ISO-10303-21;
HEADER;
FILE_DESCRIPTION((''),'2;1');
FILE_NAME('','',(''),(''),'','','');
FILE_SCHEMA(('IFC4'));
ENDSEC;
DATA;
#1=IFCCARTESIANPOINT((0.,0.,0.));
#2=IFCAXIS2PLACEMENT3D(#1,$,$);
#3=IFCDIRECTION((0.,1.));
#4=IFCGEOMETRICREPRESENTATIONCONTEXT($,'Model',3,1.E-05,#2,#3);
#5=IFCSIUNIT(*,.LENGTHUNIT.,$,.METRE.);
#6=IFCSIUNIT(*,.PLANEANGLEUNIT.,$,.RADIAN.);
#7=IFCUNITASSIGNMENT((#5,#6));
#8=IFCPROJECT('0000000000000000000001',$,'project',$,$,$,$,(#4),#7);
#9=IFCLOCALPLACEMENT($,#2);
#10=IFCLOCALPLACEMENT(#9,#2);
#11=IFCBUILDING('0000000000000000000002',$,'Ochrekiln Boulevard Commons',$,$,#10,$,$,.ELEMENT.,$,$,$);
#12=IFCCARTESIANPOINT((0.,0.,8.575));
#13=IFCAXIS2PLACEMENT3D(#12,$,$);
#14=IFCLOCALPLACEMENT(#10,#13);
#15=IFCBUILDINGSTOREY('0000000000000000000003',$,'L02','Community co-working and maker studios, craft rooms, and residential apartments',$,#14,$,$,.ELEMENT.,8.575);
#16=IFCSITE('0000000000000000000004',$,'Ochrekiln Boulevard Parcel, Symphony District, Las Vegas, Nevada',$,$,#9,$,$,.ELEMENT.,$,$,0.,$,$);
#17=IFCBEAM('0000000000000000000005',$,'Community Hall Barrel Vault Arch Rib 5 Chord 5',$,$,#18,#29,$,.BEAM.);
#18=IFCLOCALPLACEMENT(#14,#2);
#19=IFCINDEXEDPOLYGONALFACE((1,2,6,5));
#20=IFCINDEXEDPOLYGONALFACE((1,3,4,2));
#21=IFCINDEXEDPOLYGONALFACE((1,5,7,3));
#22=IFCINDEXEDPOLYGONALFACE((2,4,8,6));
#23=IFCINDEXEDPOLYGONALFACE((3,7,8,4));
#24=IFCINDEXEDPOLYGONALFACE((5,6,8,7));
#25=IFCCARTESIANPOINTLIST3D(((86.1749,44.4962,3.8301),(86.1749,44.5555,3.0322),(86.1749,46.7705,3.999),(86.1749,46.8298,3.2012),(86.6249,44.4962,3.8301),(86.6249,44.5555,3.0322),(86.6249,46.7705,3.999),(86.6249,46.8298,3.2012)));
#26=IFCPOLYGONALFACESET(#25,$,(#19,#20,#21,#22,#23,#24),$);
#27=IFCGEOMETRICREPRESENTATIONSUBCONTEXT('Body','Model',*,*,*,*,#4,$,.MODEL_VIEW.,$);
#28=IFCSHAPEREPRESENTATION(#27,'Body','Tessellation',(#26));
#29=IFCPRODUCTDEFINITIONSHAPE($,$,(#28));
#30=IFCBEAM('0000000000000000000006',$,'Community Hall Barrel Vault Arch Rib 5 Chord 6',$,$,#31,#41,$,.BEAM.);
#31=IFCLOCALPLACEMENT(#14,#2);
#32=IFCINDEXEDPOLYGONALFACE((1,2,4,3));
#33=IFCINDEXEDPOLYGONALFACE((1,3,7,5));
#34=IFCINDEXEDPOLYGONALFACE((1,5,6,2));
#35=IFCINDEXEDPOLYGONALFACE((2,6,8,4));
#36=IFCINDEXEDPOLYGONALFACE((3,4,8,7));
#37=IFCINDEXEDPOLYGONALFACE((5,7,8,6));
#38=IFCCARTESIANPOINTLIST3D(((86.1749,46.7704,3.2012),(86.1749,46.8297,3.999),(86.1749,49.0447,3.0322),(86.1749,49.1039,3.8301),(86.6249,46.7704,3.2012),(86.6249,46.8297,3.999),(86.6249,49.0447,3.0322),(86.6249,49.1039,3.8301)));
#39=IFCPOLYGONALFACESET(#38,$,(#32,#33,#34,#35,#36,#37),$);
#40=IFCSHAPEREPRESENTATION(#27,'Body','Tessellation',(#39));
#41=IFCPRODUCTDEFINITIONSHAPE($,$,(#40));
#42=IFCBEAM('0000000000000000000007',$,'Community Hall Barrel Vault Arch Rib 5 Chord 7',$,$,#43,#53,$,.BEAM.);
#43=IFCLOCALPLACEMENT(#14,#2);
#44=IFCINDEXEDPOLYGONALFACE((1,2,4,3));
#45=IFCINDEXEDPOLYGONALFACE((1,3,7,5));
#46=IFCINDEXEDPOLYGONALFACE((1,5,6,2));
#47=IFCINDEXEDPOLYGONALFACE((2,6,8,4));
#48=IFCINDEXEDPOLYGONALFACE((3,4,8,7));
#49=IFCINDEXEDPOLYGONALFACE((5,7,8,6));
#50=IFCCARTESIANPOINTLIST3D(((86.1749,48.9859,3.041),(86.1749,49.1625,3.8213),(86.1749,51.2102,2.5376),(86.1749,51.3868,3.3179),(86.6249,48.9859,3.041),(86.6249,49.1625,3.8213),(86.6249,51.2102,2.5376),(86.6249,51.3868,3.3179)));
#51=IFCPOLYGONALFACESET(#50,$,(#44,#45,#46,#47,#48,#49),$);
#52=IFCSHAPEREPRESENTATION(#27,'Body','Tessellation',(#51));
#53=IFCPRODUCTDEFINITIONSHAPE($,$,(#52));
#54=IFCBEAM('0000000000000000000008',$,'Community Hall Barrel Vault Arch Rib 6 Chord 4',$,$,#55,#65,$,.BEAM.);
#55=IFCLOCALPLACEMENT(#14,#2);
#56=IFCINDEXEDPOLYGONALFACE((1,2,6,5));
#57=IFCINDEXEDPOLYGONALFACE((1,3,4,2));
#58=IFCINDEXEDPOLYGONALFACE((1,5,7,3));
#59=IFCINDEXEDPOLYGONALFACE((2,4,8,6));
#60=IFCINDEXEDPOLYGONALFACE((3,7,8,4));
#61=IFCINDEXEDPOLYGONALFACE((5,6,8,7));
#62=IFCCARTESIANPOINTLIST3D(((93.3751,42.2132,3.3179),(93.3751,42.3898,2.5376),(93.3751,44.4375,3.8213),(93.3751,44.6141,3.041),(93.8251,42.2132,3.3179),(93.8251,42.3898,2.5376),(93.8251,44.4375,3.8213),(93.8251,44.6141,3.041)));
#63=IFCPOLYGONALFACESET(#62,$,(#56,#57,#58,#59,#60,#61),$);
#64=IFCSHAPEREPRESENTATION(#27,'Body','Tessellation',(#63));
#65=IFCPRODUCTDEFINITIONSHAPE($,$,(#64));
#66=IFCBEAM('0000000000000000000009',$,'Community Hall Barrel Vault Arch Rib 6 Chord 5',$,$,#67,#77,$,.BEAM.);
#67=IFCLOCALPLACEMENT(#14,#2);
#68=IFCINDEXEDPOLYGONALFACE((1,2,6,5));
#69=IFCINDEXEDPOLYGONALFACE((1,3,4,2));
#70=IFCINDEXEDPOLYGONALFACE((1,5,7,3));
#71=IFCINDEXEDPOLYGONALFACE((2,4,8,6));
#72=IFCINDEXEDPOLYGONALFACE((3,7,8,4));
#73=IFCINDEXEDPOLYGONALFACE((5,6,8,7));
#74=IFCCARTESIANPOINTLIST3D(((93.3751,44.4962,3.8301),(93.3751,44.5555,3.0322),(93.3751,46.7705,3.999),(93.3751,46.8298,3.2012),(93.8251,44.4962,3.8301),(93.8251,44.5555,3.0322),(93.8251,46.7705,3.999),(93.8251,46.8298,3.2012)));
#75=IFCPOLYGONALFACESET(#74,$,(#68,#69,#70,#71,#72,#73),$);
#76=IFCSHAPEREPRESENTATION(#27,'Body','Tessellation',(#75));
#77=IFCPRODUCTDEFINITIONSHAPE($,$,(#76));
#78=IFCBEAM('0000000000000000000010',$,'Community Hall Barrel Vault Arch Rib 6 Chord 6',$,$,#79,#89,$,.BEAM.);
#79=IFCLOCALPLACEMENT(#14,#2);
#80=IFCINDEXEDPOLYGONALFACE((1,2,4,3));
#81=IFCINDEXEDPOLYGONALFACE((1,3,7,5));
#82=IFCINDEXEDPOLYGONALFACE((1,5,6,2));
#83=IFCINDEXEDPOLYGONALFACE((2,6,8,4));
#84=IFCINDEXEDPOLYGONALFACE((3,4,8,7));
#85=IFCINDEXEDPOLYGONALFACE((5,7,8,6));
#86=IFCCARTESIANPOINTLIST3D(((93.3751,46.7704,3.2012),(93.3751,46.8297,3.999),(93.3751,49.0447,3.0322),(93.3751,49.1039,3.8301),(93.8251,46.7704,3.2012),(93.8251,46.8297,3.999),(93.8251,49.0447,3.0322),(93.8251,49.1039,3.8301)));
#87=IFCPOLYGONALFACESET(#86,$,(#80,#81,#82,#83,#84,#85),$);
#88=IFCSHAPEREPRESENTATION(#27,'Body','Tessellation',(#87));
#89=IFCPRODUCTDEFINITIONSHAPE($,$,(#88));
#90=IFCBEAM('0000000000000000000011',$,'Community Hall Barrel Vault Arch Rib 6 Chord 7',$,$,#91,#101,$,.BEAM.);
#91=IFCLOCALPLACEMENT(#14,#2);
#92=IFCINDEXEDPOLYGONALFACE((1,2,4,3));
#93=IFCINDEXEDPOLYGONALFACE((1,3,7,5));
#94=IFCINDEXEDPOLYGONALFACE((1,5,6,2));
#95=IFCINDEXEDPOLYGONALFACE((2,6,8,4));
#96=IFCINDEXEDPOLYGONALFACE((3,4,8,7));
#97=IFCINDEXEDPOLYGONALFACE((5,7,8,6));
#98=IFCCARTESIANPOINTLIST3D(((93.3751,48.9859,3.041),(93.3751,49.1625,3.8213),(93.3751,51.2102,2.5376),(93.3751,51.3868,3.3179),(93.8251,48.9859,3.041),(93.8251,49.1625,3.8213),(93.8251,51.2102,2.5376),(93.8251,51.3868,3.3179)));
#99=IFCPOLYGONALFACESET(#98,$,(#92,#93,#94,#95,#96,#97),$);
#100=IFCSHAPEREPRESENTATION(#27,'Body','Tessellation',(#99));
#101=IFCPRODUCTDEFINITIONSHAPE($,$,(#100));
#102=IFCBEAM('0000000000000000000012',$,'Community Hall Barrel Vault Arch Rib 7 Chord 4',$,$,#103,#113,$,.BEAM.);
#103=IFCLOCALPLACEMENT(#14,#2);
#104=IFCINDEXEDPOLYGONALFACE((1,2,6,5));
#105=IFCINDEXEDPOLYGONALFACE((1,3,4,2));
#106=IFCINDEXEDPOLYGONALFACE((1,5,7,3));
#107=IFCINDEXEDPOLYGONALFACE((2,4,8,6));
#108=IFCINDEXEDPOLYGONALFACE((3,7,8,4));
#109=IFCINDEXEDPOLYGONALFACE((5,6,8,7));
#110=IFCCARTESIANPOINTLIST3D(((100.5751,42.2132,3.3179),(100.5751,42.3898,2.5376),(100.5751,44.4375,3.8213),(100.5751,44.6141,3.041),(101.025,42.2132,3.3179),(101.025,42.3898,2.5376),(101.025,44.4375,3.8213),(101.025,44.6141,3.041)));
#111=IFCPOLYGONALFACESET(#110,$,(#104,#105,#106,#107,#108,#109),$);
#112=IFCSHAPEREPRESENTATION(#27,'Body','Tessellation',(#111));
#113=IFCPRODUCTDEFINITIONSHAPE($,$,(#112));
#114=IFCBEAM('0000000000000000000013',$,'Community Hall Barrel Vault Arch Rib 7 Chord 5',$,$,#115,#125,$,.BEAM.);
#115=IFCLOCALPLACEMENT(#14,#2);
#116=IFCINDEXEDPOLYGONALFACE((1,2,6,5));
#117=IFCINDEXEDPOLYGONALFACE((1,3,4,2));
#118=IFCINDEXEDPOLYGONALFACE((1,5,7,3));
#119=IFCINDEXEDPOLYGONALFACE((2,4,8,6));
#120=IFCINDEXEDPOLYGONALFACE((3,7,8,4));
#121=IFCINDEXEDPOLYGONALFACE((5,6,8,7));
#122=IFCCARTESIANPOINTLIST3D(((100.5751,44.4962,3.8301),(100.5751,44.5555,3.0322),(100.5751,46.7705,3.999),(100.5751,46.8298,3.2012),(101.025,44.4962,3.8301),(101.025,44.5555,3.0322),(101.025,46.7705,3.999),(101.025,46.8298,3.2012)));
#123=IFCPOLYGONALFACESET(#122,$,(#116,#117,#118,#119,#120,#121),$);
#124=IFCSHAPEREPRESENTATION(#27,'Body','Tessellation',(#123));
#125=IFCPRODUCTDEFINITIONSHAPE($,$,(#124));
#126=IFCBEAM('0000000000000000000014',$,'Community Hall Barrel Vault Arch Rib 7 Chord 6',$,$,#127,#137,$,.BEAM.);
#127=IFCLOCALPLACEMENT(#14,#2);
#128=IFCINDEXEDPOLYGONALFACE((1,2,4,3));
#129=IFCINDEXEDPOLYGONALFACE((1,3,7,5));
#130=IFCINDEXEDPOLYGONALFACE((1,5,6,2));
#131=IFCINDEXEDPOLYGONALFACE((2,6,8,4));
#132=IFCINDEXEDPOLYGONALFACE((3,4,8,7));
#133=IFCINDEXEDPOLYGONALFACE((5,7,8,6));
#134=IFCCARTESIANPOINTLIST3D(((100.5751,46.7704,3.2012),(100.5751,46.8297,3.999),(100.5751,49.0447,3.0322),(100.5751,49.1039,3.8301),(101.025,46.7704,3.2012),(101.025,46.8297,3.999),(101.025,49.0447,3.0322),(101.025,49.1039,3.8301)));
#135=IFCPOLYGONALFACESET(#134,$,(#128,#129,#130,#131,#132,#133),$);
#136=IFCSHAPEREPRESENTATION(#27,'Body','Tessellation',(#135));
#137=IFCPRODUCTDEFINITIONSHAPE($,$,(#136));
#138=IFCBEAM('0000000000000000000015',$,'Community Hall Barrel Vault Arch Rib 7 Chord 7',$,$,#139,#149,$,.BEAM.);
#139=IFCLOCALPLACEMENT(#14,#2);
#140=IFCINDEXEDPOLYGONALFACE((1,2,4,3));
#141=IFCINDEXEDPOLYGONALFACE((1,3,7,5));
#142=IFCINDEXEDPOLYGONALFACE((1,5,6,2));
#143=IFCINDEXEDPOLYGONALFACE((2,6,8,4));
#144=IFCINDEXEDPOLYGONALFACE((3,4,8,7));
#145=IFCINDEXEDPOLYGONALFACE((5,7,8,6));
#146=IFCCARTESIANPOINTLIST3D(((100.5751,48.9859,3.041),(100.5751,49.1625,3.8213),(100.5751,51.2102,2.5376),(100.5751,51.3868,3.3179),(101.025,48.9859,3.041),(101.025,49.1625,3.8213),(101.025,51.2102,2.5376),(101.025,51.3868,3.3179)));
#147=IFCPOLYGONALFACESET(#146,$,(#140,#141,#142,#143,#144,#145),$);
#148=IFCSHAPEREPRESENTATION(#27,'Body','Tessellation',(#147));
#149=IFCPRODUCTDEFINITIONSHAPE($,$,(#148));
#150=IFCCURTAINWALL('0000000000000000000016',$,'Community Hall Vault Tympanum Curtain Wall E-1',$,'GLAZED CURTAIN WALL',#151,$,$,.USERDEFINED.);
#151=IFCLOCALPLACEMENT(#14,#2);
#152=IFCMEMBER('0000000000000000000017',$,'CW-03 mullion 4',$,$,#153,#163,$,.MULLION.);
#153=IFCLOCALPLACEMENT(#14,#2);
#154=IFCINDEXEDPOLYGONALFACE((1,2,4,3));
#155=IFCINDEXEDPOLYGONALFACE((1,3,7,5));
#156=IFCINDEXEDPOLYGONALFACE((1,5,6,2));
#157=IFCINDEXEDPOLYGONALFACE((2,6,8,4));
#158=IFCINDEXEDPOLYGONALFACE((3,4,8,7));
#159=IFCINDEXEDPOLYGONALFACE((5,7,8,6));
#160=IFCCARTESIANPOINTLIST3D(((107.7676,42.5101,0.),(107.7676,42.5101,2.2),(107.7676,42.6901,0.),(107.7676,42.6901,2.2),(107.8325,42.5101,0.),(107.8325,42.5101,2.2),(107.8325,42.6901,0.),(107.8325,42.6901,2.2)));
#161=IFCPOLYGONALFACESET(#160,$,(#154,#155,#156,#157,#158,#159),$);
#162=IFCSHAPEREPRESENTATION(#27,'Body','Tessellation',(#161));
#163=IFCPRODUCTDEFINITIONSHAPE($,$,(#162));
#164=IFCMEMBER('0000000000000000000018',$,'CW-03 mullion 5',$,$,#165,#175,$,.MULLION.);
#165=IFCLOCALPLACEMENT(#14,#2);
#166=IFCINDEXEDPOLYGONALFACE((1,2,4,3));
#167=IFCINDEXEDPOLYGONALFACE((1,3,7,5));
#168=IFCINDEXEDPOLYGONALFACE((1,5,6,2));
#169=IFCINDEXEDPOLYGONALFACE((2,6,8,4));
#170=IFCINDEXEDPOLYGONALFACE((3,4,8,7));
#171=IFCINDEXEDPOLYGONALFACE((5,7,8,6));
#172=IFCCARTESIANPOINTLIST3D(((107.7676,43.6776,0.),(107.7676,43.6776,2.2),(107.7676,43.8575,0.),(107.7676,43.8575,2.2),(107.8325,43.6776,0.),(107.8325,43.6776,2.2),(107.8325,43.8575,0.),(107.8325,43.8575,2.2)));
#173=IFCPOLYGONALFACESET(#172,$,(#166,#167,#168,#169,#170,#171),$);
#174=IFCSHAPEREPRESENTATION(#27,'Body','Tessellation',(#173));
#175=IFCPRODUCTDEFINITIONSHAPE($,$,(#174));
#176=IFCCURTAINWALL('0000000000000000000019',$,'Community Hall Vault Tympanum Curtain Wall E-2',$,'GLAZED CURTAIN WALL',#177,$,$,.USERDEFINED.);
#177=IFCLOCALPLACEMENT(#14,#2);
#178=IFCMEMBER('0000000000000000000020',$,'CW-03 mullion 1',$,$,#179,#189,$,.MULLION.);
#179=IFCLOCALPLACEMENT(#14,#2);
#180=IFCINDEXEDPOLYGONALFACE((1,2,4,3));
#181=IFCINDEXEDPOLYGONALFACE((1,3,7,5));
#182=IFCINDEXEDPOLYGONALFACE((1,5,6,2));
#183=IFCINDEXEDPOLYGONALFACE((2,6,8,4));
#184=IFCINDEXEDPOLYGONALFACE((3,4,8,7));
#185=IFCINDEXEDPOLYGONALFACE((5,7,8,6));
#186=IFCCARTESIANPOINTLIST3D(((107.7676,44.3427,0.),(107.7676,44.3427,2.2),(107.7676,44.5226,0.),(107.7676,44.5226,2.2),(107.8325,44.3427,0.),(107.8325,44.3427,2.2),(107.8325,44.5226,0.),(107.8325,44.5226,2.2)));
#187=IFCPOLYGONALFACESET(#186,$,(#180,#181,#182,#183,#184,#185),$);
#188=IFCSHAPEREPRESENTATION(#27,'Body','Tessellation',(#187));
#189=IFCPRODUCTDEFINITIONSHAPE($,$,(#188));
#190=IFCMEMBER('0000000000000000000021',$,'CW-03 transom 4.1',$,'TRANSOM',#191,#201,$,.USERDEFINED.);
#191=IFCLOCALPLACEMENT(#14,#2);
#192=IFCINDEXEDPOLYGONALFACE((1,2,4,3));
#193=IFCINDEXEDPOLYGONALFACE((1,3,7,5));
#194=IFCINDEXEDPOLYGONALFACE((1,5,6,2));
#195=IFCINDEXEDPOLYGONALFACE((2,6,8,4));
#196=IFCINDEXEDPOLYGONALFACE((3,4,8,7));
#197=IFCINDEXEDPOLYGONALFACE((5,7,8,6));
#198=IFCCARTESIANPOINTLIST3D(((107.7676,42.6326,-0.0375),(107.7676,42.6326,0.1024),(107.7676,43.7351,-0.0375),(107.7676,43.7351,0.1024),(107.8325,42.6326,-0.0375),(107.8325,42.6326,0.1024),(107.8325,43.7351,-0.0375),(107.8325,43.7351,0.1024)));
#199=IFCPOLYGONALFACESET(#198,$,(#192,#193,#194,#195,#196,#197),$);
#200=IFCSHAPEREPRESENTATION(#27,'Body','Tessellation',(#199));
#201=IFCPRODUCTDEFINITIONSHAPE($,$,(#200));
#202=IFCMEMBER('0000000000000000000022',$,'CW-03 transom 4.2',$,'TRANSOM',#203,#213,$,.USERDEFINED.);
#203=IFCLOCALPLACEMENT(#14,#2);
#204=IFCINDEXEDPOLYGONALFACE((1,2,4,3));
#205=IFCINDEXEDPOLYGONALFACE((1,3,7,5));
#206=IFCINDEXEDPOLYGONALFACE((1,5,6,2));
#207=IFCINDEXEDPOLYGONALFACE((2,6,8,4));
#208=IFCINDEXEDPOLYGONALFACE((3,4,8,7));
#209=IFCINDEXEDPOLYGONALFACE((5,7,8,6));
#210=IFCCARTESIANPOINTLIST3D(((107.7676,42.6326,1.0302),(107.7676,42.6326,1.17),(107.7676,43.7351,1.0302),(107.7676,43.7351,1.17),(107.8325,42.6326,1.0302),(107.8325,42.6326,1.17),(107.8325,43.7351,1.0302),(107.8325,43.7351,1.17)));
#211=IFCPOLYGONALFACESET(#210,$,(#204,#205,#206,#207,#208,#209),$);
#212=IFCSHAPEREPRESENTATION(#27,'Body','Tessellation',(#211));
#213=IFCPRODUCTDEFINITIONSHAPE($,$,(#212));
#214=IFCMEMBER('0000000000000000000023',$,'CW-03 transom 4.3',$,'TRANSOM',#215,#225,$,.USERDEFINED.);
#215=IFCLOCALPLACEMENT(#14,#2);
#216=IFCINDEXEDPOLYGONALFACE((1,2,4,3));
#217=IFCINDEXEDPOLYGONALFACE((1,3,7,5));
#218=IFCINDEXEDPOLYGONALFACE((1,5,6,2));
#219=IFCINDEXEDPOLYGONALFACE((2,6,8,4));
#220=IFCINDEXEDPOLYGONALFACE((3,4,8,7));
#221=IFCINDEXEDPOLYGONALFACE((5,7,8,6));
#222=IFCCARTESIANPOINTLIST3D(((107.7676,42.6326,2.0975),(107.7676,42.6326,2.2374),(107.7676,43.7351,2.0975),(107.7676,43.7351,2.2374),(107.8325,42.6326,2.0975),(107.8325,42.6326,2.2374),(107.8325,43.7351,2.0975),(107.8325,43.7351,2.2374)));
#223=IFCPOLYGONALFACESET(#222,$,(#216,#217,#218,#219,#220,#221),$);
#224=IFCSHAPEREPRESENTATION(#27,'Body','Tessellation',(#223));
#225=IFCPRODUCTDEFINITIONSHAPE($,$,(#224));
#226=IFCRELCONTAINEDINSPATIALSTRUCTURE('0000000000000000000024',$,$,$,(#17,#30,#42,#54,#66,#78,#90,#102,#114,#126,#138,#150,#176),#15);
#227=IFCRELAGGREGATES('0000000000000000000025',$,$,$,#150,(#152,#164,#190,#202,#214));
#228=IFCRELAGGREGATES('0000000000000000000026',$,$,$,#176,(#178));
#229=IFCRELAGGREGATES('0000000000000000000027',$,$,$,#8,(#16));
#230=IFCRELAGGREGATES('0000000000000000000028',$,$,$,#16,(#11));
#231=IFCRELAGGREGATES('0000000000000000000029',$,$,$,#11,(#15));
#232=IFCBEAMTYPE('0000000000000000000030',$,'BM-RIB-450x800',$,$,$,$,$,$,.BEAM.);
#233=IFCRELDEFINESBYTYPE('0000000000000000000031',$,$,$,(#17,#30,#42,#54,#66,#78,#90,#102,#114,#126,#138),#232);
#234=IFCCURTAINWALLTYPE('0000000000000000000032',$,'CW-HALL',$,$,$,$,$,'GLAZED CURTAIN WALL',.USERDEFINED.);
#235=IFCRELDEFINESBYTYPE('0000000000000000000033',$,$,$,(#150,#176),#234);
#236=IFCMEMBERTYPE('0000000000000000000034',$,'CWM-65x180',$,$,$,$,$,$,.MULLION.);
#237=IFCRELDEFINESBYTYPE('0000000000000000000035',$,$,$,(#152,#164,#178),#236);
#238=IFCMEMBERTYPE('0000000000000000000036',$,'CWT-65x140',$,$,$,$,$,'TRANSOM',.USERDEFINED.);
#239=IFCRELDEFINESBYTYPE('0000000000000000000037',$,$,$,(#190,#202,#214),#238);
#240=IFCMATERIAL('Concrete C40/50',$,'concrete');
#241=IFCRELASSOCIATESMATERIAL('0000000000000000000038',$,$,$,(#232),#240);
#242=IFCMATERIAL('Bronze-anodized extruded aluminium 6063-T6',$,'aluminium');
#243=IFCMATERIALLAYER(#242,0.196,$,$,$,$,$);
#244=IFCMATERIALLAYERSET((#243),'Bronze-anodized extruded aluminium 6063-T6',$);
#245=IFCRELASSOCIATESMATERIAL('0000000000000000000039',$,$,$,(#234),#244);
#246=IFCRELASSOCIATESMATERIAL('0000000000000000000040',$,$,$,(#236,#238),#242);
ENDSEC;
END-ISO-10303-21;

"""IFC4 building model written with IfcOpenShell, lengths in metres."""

from ifc_helpers import new_model, si_unit, direction, frame, origin, origin_2d, place, context, subcontext, project, spatial, rectangle, extrude, material, layer, layer_set, material_profile, profile_set, type_object, element, aggregate, save


model = new_model("IFC4")

# Units and contexts
model_context = context("Model", 3, precision=1e-05, world=origin(), true_north=direction((0.0, 1.0)))
body_context = subcontext(model_context, "Body", "Model", "MODEL_VIEW")
ifc_project = project(units=[si_unit("LENGTHUNIT", "METRE"), si_unit("PLANEANGLEUNIT", "RADIAN")], contexts=[model_context])

# Site, building, storey
site_placement = place(None, origin())
site = spatial("IfcSite", under=ifc_project, at=site_placement, Name="Ochrekiln Boulevard Parcel, Symphony District, Las Vegas, Nevada", CompositionType="ELEMENT", RefElevation=0.0)
building_placement = place(site_placement, origin())
building = spatial("IfcBuilding", under=site, at=building_placement, Name="Ochrekiln Boulevard Commons", CompositionType="ELEMENT")
storey_placement = place(building_placement, frame((0.0, 0.0, 8.575)))
storey = spatial("IfcBuildingStorey", under=building, at=storey_placement, Name="L02", Description="Community co-working and maker studios, craft rooms, and residential apartments", CompositionType="ELEMENT", Elevation=8.575)

# Beams
ifc_material_1 = material(Name="Concrete C40/50", Category="concrete")
ifc_material_profile_1 = material_profile(ifc_material_1, rectangle(XDim=0.45, YDim=0.8, at=origin_2d()), Name="RC-RIB-450x800")
ifc_profile_set_1 = profile_set([ifc_material_profile_1], Name="Concrete C40/50")
beam_type = type_object("IfcBeamType", Name="BM-RIB-450x800", PredefinedType="BEAM", material=ifc_profile_set_1)
for number, where, z_axis, x_axis, name in (
    (1, (86.3999, 44.5259, 3.4312), (0.0, 0.997252, 0.074085), (-1.0, 0.0, 0.0), "Community Hall Barrel Vault Arch Rib 5 Chord 5"),
    (2, (86.3999, 46.8, 3.6001), (0.0, 0.997252, -0.074085), (-1.0, 0.0, 0.0), "Community Hall Barrel Vault Arch Rib 5 Chord 6"),
    (3, (86.3999, 49.0742, 3.4312), (0.0, 0.975333, -0.220737), (-1.0, 0.0, 0.0), "Community Hall Barrel Vault Arch Rib 5 Chord 7"),
    (4, (93.6001, 42.3015, 2.9277), (0.0, 0.975333, 0.220737), (-1.0, 0.0, 0.0), "Community Hall Barrel Vault Arch Rib 6 Chord 4"),
    (5, (93.6001, 44.5259, 3.4312), (0.0, 0.997252, 0.074085), (-1.0, 0.0, 0.0), "Community Hall Barrel Vault Arch Rib 6 Chord 5"),
    (6, (93.6001, 46.8, 3.6001), (0.0, 0.997252, -0.074085), (-1.0, 0.0, 0.0), "Community Hall Barrel Vault Arch Rib 6 Chord 6"),
    (7, (93.6001, 49.0742, 3.4312), (0.0, 0.975333, -0.220737), (-1.0, 0.0, 0.0), "Community Hall Barrel Vault Arch Rib 6 Chord 7"),
    (8, (100.8, 42.3015, 2.9277), (0.0, 0.975333, 0.220737), (-1.0, 0.0, 0.0), "Community Hall Barrel Vault Arch Rib 7 Chord 4"),
    (9, (100.8, 44.5259, 3.4312), (0.0, 0.997252, 0.074085), (-1.0, 0.0, 0.0), "Community Hall Barrel Vault Arch Rib 7 Chord 5"),
    (10, (100.8, 46.8, 3.6001), (0.0, 0.997252, -0.074085), (-1.0, 0.0, 0.0), "Community Hall Barrel Vault Arch Rib 7 Chord 6"),
    (11, (100.8, 49.0742, 3.4312), (0.0, 0.975333, -0.220737), (-1.0, 0.0, 0.0), "Community Hall Barrel Vault Arch Rib 7 Chord 7"),
):
    element("IfcBeam", number, at=place(storey_placement, frame(where, z_axis=z_axis, x_axis=x_axis)), inside=storey, type_object=beam_type, Name=name, PredefinedType="BEAM", context=body_context, shape_type="SweptSolid", body=[
        extrude(rectangle(XDim=0.45, YDim=0.8, at=origin_2d()), origin(), (0.0, 0.0, 1.0), 2.2805),
    ])

# Curtain wall, members
ifc_material_2 = material(Name="Bronze-anodized extruded aluminium 6063-T6", Category="aluminium")
ifc_layer_1 = layer(ifc_material_2, 0.196)
ifc_layer_set_1 = layer_set([ifc_layer_1], Name="Bronze-anodized extruded aluminium 6063-T6")
curtain_wall_type = type_object("IfcCurtainWallType", Name="CW-HALL", ElementType="GLAZED CURTAIN WALL", PredefinedType="USERDEFINED", material=ifc_layer_set_1)
curtain_wall_1_placement = place(storey_placement, origin())
curtain_wall_1 = element("IfcCurtainWall", 12, at=curtain_wall_1_placement, inside=storey, type_object=curtain_wall_type, Name="Community Hall Vault Tympanum Curtain Wall E-1", ObjectType="GLAZED CURTAIN WALL", PredefinedType="USERDEFINED")
ifc_material_profile_2 = material_profile(ifc_material_2, rectangle(XDim=0.0649, YDim=0.1799, at=origin_2d()), Name="ALU-MUL-65x180")
ifc_profile_set_2 = profile_set([ifc_material_profile_2], Name="Bronze-anodized extruded aluminium 6063-T6")
member_type_1 = type_object("IfcMemberType", Name="CWM-65x180", PredefinedType="MULLION", material=ifc_profile_set_2)
member_1_placement = place(storey_placement, frame((107.8, 42.6001, 0.0), z_axis=(0.0, 0.0, 1.0), x_axis=(-1.0, 0.0, 0.0)))
member_1 = element("IfcMember", 13, at=member_1_placement, type_object=member_type_1, Name="CW-03 mullion 4", PredefinedType="MULLION", context=body_context, shape_type="SweptSolid", body=[
    extrude(rectangle(XDim=0.0649, YDim=0.1799, at=origin_2d()), origin(), (0.0, 0.0, 1.0), 2.2),
])
member_2_placement = place(storey_placement, frame((107.8, 43.7676, 0.0), z_axis=(0.0, 0.0, 1.0), x_axis=(-1.0, 0.0, 0.0)))
member_2 = element("IfcMember", 14, at=member_2_placement, type_object=member_type_1, Name="CW-03 mullion 5", PredefinedType="MULLION", context=body_context, shape_type="SweptSolid", body=[
    extrude(rectangle(XDim=0.0649, YDim=0.1799, at=origin_2d()), origin(), (0.0, 0.0, 1.0), 2.2),
])

# Curtain wall, member
curtain_wall_2_placement = place(storey_placement, origin())
curtain_wall_2 = element("IfcCurtainWall", 15, at=curtain_wall_2_placement, inside=storey, type_object=curtain_wall_type, Name="Community Hall Vault Tympanum Curtain Wall E-2", ObjectType="GLAZED CURTAIN WALL", PredefinedType="USERDEFINED")
member_3_placement = place(storey_placement, frame((107.8, 44.4326, 0.0), z_axis=(0.0, 0.0, 1.0), x_axis=(-1.0, 0.0, 0.0)))
member_3 = element("IfcMember", 16, at=member_3_placement, type_object=member_type_1, Name="CW-03 mullion 1", PredefinedType="MULLION", context=body_context, shape_type="SweptSolid", body=[
    extrude(rectangle(XDim=0.0649, YDim=0.1799, at=origin_2d()), origin(), (0.0, 0.0, 1.0), 2.2),
])

# Members
ifc_material_profile_3 = material_profile(ifc_material_2, rectangle(XDim=0.0649, YDim=0.1399, at=origin_2d()), Name="ALU-TRN-65x140")
ifc_profile_set_3 = profile_set([ifc_material_profile_3], Name="Bronze-anodized extruded aluminium 6063-T6")
member_type_2 = type_object("IfcMemberType", Name="CWT-65x140", ElementType="TRANSOM", PredefinedType="USERDEFINED", material=ifc_profile_set_3)
member_4_placement = place(storey_placement, frame((107.8, 42.6326, 0.0325), z_axis=(0.0, 1.0, 0.0), x_axis=(-1.0, 0.0, 0.0)))
member_4 = element("IfcMember", 17, at=member_4_placement, type_object=member_type_2, Name="CW-03 transom 4.1", ObjectType="TRANSOM", PredefinedType="USERDEFINED", context=body_context, shape_type="SweptSolid", body=[
    extrude(rectangle(XDim=0.0649, YDim=0.1399, at=origin_2d()), origin(), (0.0, 0.0, 1.0), 1.1025),
])
member_5_placement = place(storey_placement, frame((107.8, 42.6326, 1.1001), z_axis=(0.0, 1.0, 0.0), x_axis=(-1.0, 0.0, 0.0)))
member_5 = element("IfcMember", 18, at=member_5_placement, type_object=member_type_2, Name="CW-03 transom 4.2", ObjectType="TRANSOM", PredefinedType="USERDEFINED", context=body_context, shape_type="SweptSolid", body=[
    extrude(rectangle(XDim=0.0649, YDim=0.1399, at=origin_2d()), origin(), (0.0, 0.0, 1.0), 1.1025),
])
member_6_placement = place(storey_placement, frame((107.8, 42.6326, 2.1675), z_axis=(0.0, 1.0, 0.0), x_axis=(-1.0, 0.0, 0.0)))
member_6 = element("IfcMember", 19, at=member_6_placement, type_object=member_type_2, Name="CW-03 transom 4.3", ObjectType="TRANSOM", PredefinedType="USERDEFINED", context=body_context, shape_type="SweptSolid", body=[
    extrude(rectangle(XDim=0.0649, YDim=0.1399, at=origin_2d()), origin(), (0.0, 0.0, 1.0), 1.1025),
])

aggregate(curtain_wall_1, [member_1, member_2, member_4, member_5, member_6])
aggregate(curtain_wall_2, [member_3])

save(model, "model.ifc")
